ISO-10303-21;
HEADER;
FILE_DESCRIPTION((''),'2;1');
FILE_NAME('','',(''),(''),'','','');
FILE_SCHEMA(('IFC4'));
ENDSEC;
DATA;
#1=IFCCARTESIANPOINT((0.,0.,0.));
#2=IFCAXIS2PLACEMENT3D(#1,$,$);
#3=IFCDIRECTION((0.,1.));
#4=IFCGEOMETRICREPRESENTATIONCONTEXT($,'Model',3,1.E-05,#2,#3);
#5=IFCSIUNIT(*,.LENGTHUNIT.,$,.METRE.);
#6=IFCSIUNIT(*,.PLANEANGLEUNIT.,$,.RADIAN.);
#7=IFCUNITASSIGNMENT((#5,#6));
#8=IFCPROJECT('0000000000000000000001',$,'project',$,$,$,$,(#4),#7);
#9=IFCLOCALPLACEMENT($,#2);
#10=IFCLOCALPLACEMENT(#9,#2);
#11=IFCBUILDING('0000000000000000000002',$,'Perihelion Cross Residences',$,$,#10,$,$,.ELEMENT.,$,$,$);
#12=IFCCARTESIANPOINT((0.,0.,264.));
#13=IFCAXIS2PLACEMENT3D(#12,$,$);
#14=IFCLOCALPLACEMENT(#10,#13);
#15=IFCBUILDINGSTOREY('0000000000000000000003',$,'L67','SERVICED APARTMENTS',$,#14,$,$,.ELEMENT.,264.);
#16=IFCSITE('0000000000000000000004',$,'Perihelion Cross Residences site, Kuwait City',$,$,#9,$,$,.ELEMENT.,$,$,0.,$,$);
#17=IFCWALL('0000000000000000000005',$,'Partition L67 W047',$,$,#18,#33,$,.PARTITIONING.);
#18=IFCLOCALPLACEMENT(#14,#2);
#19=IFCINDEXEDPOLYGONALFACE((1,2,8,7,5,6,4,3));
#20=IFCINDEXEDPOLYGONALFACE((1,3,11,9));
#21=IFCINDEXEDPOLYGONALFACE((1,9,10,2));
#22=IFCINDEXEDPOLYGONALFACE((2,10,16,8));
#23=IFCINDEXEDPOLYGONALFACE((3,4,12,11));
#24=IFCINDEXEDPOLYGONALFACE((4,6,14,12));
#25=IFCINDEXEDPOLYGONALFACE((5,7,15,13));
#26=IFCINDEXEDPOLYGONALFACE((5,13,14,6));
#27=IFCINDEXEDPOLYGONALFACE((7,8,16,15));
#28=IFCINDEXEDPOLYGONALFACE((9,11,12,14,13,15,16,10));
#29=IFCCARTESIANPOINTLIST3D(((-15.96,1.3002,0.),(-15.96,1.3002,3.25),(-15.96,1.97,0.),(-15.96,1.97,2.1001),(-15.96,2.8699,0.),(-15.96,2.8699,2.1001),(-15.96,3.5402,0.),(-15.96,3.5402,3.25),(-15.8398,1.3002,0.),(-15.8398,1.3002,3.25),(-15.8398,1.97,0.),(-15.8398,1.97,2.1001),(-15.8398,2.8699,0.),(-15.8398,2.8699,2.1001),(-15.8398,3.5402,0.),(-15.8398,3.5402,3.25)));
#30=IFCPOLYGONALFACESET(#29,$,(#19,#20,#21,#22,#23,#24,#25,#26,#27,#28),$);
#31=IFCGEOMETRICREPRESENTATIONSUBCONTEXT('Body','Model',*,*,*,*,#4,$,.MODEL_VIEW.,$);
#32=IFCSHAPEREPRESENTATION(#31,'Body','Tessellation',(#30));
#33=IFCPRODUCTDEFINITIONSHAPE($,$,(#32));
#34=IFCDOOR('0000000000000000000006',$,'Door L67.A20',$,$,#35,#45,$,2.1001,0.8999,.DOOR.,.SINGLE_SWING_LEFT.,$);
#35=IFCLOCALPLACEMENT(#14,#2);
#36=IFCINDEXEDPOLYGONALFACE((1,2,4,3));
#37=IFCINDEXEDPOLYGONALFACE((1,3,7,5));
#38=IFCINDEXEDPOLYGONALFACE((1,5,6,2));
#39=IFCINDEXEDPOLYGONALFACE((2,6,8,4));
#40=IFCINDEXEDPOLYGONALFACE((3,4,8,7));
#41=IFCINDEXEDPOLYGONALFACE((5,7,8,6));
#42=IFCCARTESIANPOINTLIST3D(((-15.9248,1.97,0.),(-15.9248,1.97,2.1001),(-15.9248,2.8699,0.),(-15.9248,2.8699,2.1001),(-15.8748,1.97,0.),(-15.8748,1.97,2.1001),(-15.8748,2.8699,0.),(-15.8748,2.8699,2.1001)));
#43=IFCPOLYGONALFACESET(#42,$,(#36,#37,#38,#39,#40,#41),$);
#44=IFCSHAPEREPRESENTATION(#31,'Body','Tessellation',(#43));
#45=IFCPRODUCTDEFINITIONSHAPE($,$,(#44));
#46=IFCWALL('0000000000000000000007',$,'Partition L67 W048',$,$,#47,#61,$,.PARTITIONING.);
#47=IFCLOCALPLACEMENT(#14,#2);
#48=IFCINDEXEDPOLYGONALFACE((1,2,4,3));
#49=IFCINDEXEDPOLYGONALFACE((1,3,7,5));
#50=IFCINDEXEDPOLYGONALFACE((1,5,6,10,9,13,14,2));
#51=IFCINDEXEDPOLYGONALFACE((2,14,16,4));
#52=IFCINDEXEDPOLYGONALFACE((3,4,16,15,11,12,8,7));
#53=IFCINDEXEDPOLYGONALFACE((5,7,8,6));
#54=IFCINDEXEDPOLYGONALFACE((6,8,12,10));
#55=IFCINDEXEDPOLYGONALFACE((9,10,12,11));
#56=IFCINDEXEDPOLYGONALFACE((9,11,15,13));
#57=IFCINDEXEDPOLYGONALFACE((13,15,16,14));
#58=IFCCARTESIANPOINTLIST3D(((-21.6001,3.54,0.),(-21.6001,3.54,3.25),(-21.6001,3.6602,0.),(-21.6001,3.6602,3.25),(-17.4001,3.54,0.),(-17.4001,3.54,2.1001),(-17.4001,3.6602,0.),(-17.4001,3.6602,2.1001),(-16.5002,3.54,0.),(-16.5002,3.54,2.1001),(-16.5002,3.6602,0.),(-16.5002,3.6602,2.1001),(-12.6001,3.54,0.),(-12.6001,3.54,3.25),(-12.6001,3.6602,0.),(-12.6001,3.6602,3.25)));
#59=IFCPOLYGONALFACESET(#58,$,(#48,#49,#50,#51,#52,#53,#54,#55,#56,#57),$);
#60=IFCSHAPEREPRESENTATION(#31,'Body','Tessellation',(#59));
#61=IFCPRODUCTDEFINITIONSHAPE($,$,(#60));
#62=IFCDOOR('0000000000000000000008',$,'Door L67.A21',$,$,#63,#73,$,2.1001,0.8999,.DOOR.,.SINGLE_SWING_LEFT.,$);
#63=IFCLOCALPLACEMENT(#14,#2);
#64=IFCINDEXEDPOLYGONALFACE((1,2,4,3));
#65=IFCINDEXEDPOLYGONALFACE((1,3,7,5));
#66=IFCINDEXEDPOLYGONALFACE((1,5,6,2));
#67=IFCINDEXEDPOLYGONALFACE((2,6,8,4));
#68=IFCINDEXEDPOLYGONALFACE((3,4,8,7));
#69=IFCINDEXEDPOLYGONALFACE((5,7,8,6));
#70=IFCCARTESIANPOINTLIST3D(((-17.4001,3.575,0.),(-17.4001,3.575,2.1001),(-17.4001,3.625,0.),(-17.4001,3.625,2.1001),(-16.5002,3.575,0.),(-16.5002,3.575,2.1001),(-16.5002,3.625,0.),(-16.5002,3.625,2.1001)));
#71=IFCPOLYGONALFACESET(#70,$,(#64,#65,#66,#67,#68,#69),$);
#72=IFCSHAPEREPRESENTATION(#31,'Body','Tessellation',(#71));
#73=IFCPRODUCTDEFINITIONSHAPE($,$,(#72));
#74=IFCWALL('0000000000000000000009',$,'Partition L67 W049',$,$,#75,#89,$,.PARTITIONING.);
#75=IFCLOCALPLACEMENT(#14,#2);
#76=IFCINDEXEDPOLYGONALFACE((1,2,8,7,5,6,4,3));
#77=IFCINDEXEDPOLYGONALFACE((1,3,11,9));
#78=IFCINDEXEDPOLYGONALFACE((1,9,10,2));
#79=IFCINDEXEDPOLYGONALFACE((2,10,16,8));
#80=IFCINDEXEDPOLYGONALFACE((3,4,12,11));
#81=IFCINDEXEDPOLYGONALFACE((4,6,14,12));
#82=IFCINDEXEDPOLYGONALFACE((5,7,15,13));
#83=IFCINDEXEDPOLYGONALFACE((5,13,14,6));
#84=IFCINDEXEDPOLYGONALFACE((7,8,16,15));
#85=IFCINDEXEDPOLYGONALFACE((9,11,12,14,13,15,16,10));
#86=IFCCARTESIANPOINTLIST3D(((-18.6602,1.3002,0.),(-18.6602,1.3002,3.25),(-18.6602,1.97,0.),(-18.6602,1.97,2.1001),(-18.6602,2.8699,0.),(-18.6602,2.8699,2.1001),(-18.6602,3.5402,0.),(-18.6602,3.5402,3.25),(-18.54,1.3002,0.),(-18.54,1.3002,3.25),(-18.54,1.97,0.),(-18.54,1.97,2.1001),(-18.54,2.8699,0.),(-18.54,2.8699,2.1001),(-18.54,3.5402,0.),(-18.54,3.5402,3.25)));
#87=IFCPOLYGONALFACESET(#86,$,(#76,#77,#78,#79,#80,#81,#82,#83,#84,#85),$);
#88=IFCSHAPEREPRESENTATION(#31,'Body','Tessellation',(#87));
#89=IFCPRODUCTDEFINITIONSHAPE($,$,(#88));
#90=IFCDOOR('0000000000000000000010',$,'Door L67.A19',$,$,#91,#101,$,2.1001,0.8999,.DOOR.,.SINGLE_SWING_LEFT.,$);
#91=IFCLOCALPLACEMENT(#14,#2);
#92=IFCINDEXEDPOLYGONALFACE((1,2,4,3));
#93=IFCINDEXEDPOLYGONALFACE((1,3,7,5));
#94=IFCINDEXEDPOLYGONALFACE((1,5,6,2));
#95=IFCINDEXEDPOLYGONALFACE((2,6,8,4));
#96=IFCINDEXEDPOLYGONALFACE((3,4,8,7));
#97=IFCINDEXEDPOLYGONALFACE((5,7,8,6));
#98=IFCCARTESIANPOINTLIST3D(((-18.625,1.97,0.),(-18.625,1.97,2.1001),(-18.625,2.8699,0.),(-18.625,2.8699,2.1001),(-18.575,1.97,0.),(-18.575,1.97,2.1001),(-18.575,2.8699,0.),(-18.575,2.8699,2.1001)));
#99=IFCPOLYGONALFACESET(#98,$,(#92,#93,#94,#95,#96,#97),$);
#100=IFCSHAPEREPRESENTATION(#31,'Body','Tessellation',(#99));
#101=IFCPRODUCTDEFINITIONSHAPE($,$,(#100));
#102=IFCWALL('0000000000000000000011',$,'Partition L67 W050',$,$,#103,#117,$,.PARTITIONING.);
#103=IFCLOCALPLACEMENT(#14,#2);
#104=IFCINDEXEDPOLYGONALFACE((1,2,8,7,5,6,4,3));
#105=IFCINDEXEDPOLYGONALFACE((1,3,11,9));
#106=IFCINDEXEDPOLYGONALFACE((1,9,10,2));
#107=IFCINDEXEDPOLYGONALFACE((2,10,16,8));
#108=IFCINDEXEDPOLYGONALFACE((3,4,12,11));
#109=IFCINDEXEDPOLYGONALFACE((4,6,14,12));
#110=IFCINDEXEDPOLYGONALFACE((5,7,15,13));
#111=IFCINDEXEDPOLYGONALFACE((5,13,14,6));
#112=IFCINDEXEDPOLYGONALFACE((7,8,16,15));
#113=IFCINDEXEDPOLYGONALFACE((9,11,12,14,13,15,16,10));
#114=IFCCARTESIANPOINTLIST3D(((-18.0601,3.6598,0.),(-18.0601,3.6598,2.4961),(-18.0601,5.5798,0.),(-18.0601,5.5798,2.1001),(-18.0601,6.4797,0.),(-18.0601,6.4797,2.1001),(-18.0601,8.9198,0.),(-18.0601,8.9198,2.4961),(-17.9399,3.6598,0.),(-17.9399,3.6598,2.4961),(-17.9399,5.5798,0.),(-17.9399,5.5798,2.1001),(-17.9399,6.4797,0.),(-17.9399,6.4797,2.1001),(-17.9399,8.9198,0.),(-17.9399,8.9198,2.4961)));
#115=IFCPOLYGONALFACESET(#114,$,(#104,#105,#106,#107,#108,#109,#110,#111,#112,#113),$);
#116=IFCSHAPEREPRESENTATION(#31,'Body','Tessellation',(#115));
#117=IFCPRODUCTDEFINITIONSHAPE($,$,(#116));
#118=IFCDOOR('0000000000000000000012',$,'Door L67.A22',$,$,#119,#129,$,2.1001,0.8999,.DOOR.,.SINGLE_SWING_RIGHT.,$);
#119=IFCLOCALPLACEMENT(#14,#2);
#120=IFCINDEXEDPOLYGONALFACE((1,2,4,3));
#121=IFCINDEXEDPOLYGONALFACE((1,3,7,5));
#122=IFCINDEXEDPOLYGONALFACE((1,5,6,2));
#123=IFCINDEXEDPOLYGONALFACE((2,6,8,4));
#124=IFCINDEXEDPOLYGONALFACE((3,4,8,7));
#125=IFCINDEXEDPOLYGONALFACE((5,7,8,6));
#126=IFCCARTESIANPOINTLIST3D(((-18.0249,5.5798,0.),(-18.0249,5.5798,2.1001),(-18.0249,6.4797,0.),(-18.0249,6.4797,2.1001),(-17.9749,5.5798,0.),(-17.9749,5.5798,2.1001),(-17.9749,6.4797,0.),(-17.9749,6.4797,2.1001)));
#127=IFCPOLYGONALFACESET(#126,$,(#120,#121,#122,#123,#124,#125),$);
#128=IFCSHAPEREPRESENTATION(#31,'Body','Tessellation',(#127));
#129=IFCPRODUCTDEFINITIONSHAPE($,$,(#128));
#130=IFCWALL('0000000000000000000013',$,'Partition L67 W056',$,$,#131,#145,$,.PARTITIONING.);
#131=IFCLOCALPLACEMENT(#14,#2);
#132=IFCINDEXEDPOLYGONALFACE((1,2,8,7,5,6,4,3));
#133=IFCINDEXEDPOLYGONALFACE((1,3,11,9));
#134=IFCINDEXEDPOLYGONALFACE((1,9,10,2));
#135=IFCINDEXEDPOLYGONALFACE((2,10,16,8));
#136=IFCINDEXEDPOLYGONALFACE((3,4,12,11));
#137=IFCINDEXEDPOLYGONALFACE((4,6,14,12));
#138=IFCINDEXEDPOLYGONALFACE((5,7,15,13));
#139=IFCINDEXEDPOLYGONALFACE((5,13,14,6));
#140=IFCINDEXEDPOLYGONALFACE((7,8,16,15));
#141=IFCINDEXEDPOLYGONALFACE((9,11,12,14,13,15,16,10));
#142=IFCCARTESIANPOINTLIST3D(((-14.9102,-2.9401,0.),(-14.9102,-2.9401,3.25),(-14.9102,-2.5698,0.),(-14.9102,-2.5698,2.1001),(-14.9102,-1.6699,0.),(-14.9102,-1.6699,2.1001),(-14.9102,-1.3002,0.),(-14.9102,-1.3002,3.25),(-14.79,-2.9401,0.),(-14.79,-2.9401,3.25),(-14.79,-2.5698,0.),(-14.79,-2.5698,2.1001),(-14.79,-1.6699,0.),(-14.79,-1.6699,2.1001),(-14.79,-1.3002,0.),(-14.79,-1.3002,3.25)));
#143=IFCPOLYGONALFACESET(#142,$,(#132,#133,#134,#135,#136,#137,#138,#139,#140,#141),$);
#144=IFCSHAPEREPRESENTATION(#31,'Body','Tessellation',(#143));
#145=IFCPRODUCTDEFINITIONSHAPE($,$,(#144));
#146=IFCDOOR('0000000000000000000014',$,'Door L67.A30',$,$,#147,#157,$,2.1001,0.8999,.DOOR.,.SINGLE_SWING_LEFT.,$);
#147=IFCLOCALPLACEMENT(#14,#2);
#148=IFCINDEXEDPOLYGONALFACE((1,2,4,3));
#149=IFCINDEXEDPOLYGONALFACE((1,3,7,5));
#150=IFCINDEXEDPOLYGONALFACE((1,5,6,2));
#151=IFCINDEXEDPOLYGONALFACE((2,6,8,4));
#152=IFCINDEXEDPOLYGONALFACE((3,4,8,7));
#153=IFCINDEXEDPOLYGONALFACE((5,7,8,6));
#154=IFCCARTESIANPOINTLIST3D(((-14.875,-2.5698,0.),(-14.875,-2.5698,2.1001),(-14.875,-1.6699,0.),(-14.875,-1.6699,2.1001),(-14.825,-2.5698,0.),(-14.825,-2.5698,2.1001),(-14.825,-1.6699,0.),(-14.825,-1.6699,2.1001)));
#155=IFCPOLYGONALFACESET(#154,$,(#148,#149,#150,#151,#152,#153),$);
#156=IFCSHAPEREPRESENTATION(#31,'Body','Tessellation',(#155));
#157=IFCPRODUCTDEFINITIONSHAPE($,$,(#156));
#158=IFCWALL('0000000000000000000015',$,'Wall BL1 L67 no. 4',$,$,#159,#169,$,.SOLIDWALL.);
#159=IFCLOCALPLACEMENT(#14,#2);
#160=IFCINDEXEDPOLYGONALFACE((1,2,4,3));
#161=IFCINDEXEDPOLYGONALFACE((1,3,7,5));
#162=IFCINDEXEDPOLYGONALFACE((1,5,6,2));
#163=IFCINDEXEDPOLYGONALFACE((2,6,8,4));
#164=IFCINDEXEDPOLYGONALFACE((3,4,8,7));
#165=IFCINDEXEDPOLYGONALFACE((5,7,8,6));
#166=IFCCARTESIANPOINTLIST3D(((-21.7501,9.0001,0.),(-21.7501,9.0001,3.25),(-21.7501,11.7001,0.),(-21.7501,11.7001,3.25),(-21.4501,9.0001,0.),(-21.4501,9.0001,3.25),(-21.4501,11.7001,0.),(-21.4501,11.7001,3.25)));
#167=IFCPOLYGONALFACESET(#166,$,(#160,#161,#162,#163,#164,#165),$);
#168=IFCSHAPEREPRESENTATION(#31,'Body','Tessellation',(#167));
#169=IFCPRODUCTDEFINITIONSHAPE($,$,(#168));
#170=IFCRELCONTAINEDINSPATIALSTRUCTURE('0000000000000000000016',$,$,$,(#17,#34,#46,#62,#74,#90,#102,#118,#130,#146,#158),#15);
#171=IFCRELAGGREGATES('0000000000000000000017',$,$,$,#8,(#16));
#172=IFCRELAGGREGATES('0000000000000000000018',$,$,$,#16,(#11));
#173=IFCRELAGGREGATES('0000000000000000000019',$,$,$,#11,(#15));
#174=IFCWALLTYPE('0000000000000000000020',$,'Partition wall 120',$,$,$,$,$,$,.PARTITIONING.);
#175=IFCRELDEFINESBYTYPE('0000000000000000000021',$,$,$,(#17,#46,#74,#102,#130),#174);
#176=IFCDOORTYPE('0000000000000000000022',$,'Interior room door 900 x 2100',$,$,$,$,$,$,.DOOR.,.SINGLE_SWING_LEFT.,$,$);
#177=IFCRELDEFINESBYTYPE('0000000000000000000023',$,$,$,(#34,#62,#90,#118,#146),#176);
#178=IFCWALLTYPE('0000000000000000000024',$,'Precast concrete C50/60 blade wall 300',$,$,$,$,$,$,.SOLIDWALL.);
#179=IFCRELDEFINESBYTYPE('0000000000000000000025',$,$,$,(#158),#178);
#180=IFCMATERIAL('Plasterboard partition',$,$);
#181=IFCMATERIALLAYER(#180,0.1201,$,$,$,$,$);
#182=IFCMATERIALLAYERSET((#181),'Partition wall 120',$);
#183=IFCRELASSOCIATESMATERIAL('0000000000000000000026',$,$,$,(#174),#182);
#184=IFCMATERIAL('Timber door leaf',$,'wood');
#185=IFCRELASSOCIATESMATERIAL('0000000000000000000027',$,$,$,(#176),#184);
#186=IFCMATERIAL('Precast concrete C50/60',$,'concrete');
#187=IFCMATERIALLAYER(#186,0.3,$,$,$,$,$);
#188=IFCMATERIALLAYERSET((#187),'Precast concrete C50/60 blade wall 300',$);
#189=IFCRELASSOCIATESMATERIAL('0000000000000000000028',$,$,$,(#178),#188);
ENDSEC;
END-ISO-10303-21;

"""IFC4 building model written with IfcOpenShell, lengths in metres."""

from ifc_helpers import new_model, si_unit, direction, frame, frame_2d, origin, place, context, subcontext, project, spatial, rectangle, extrude, material, layer, layer_set, type_object, element, fill, save


model = new_model("IFC4")

# Units and contexts
model_context = context("Model", 3, precision=1e-05, world=origin(), true_north=direction((0.0, 1.0)))
body_context = subcontext(model_context, "Body", "Model", "MODEL_VIEW")
ifc_project = project(units=[si_unit("LENGTHUNIT", "METRE"), si_unit("PLANEANGLEUNIT", "RADIAN")], contexts=[model_context])

# Site, building, storey
site_placement = place(None, origin())
site = spatial("IfcSite", under=ifc_project, at=site_placement, Name="Perihelion Cross Residences site, Kuwait City", CompositionType="ELEMENT", RefElevation=0.0)
building_placement = place(site_placement, origin())
building = spatial("IfcBuilding", under=site, at=building_placement, Name="Perihelion Cross Residences", CompositionType="ELEMENT")
storey_placement = place(building_placement, frame((0.0, 0.0, 264.0)))
storey = spatial("IfcBuildingStorey", under=building, at=storey_placement, Name="L67", Description="SERVICED APARTMENTS", CompositionType="ELEMENT", Elevation=264.0)

# Walls, openings, doors
ifc_material_1 = material(Name="Plasterboard partition")
ifc_layer_1 = layer(ifc_material_1, 0.1201)
ifc_layer_set_1 = layer_set([ifc_layer_1], Name="Partition wall 120")
wall_type_1 = type_object("IfcWallType", Name="Partition wall 120", PredefinedType="PARTITIONING", material=ifc_layer_set_1)
wall_1_placement = place(storey_placement, frame((-15.8999, 1.3, 0.0), z_axis=(0.0, 0.0, 1.0), x_axis=(0.0, 1.0, 0.0)))
wall_1 = element("IfcWall", 1, at=wall_1_placement, inside=storey, type_object=wall_type_1, Name="Partition L67 W047", PredefinedType="PARTITIONING", context=body_context, shape_type="SweptSolid", body=[
    extrude(rectangle(XDim=2.24, YDim=0.1201, at=frame_2d((1.1201, 0.0))), origin(), (0.0, 0.0, 1.0), 3.25),
])
opening_1_placement = place(wall_1_placement, frame((0.6699, 0.0, 0.0)))
opening_1 = element("IfcOpeningElement", 2, at=opening_1_placement, cuts=wall_1, PredefinedType="OPENING", context=body_context, shape_type="SweptSolid", body=[
    extrude(rectangle(XDim=0.8999, YDim=2.1001, at=frame_2d((0.45, 1.05))), frame((0.0, 0.0701, 0.0), z_axis=(0.0, -1.0, 0.0), x_axis=(1.0, 0.0, 0.0)), (0.0, 0.0, 1.0), 0.1401),
])
ifc_material_2 = material(Name="Timber door leaf", Category="wood")
door_type_1 = type_object("IfcDoorType", Name="Interior room door 900 x 2100", OperationType="SINGLE_SWING_LEFT", PredefinedType="DOOR", material=ifc_material_2)
door_1_placement = place(opening_1_placement, origin())
door_1 = element("IfcDoor", 3, at=door_1_placement, inside=storey, type_object=door_type_1, Name="Door L67.A20", OperationType="SINGLE_SWING_LEFT", OverallHeight=2.1001, OverallWidth=0.8999, PredefinedType="DOOR", context=body_context, shape_type="SweptSolid", body=[
    extrude(rectangle(XDim=0.8999, YDim=2.1001, at=frame_2d((0.45, 1.05))), frame((0.0, 0.0249, 0.0), z_axis=(0.0, -1.0, 0.0), x_axis=(1.0, 0.0, 0.0)), (0.0, 0.0, 1.0), 0.05),
])
fill(opening_1, door_1)
wall_2_placement = place(storey_placement, frame((-21.6001, 3.6001, 0.0), z_axis=(0.0, 0.0, 1.0), x_axis=(1.0, 0.0, 0.0)))
wall_2 = element("IfcWall", 4, at=wall_2_placement, inside=storey, type_object=wall_type_1, Name="Partition L67 W048", PredefinedType="PARTITIONING", context=body_context, shape_type="SweptSolid", body=[
    extrude(rectangle(XDim=9.0, YDim=0.1201, at=frame_2d((4.5, 0.0))), origin(), (0.0, 0.0, 1.0), 3.25),
])
opening_2_placement = place(wall_2_placement, frame((4.2, 0.0, 0.0)))
opening_2 = element("IfcOpeningElement", 5, at=opening_2_placement, cuts=wall_2, PredefinedType="OPENING", context=body_context, shape_type="SweptSolid", body=[
    extrude(rectangle(XDim=0.8999, YDim=2.1001, at=frame_2d((0.45, 1.05))), frame((0.0, 0.0701, 0.0), z_axis=(0.0, -1.0, 0.0), x_axis=(1.0, 0.0, 0.0)), (0.0, 0.0, 1.0), 0.1401),
])
door_2_placement = place(opening_2_placement, origin())
door_2 = element("IfcDoor", 6, at=door_2_placement, inside=storey, type_object=door_type_1, Name="Door L67.A21", OperationType="SINGLE_SWING_LEFT", OverallHeight=2.1001, OverallWidth=0.8999, PredefinedType="DOOR", context=body_context, shape_type="SweptSolid", body=[
    extrude(rectangle(XDim=0.8999, YDim=2.1001, at=frame_2d((0.45, 1.05))), frame((0.0, 0.0249, 0.0), z_axis=(0.0, -1.0, 0.0), x_axis=(1.0, 0.0, 0.0)), (0.0, 0.0, 1.0), 0.05),
])
fill(opening_2, door_2)
wall_3_placement = place(storey_placement, frame((-18.6001, 1.3, 0.0), z_axis=(0.0, 0.0, 1.0), x_axis=(0.0, 1.0, 0.0)))
wall_3 = element("IfcWall", 7, at=wall_3_placement, inside=storey, type_object=wall_type_1, Name="Partition L67 W049", PredefinedType="PARTITIONING", context=body_context, shape_type="SweptSolid", body=[
    extrude(rectangle(XDim=2.24, YDim=0.1201, at=frame_2d((1.1201, 0.0))), origin(), (0.0, 0.0, 1.0), 3.25),
])
opening_3_placement = place(wall_3_placement, frame((0.6699, 0.0, 0.0)))
opening_3 = element("IfcOpeningElement", 8, at=opening_3_placement, cuts=wall_3, PredefinedType="OPENING", context=body_context, shape_type="SweptSolid", body=[
    extrude(rectangle(XDim=0.8999, YDim=2.1001, at=frame_2d((0.45, 1.05))), frame((0.0, 0.0701, 0.0), z_axis=(0.0, -1.0, 0.0), x_axis=(1.0, 0.0, 0.0)), (0.0, 0.0, 1.0), 0.1401),
])
door_3_placement = place(opening_3_placement, origin())
door_3 = element("IfcDoor", 9, at=door_3_placement, inside=storey, type_object=door_type_1, Name="Door L67.A19", OperationType="SINGLE_SWING_LEFT", OverallHeight=2.1001, OverallWidth=0.8999, PredefinedType="DOOR", context=body_context, shape_type="SweptSolid", body=[
    extrude(rectangle(XDim=0.8999, YDim=2.1001, at=frame_2d((0.45, 1.05))), frame((0.0, 0.0249, 0.0), z_axis=(0.0, -1.0, 0.0), x_axis=(1.0, 0.0, 0.0)), (0.0, 0.0, 1.0), 0.05),
])
fill(opening_3, door_3)
wall_4_placement = place(storey_placement, frame((-18.0, 3.6599, 0.0), z_axis=(0.0, 0.0, 1.0), x_axis=(0.0, 1.0, 0.0)))
wall_4 = element("IfcWall", 10, at=wall_4_placement, inside=storey, type_object=wall_type_1, Name="Partition L67 W050", PredefinedType="PARTITIONING", context=body_context, shape_type="SweptSolid", body=[
    extrude(rectangle(XDim=5.26, YDim=0.1201, at=frame_2d((2.6299, 0.0))), origin(), (0.0, 0.0, 1.0), 2.4961),
])
opening_4_placement = place(wall_4_placement, frame((1.9199, 0.0, 0.0)))
opening_4 = element("IfcOpeningElement", 11, at=opening_4_placement, cuts=wall_4, PredefinedType="OPENING", context=body_context, shape_type="SweptSolid", body=[
    extrude(rectangle(XDim=0.8999, YDim=2.1001, at=frame_2d((0.45, 1.05))), frame((0.0, 0.0701, 0.0), z_axis=(0.0, -1.0, 0.0), x_axis=(1.0, 0.0, 0.0)), (0.0, 0.0, 1.0), 0.1401),
])
door_4_placement = place(opening_4_placement, origin())
door_4 = element("IfcDoor", 12, at=door_4_placement, inside=storey, type_object=door_type_1, Name="Door L67.A22", OperationType="SINGLE_SWING_RIGHT", OverallHeight=2.1001, OverallWidth=0.8999, PredefinedType="DOOR", context=body_context, shape_type="SweptSolid", body=[
    extrude(rectangle(XDim=0.8999, YDim=2.1001, at=frame_2d((0.45, 1.05))), frame((0.0, 0.0249, 0.0), z_axis=(0.0, -1.0, 0.0), x_axis=(1.0, 0.0, 0.0)), (0.0, 0.0, 1.0), 0.05),
])
fill(opening_4, door_4)
wall_5_placement = place(storey_placement, frame((-14.8501, -2.9399, 0.0), z_axis=(0.0, 0.0, 1.0), x_axis=(0.0, 1.0, 0.0)))
wall_5 = element("IfcWall", 13, at=wall_5_placement, inside=storey, type_object=wall_type_1, Name="Partition L67 W056", PredefinedType="PARTITIONING", context=body_context, shape_type="SweptSolid", body=[
    extrude(rectangle(XDim=1.6399, YDim=0.1201, at=frame_2d((0.8198, 0.0))), origin(), (0.0, 0.0, 1.0), 3.25),
])
opening_5_placement = place(wall_5_placement, frame((0.3701, 0.0, 0.0)))
opening_5 = element("IfcOpeningElement", 14, at=opening_5_placement, cuts=wall_5, PredefinedType="OPENING", context=body_context, shape_type="SweptSolid", body=[
    extrude(rectangle(XDim=0.8999, YDim=2.1001, at=frame_2d((0.45, 1.05))), frame((0.0, 0.0701, 0.0), z_axis=(0.0, -1.0, 0.0), x_axis=(1.0, 0.0, 0.0)), (0.0, 0.0, 1.0), 0.1401),
])
door_5_placement = place(opening_5_placement, origin())
door_5 = element("IfcDoor", 15, at=door_5_placement, inside=storey, type_object=door_type_1, Name="Door L67.A30", OperationType="SINGLE_SWING_LEFT", OverallHeight=2.1001, OverallWidth=0.8999, PredefinedType="DOOR", context=body_context, shape_type="SweptSolid", body=[
    extrude(rectangle(XDim=0.8999, YDim=2.1001, at=frame_2d((0.45, 1.05))), frame((0.0, 0.0249, 0.0), z_axis=(0.0, -1.0, 0.0), x_axis=(1.0, 0.0, 0.0)), (0.0, 0.0, 1.0), 0.05),
])
fill(opening_5, door_5)

# Wall
ifc_material_3 = material(Name="Precast concrete C50/60", Category="concrete")
ifc_layer_2 = layer(ifc_material_3, 0.3)
ifc_layer_set_2 = layer_set([ifc_layer_2], Name="Precast concrete C50/60 blade wall 300")
wall_type_2 = type_object("IfcWallType", Name="Precast concrete C50/60 blade wall 300", PredefinedType="SOLIDWALL", material=ifc_layer_set_2)
for number, where, z_axis, x_axis, name in (
    (16, (-21.6001, 9.0, 0.0), (0.0, 0.0, 1.0), (0.0, 1.0, 0.0), "Wall BL1 L67 no. 4"),
):
    element("IfcWall", number, at=place(storey_placement, frame(where, z_axis=z_axis, x_axis=x_axis)), inside=storey, type_object=wall_type_2, Name=name, PredefinedType="SOLIDWALL", context=body_context, shape_type="SweptSolid", body=[
        extrude(rectangle(XDim=2.7, YDim=0.3, at=frame_2d((1.3501, 0.0))), origin(), (0.0, 0.0, 1.0), 3.25),
    ])

save(model, "model.ifc")
